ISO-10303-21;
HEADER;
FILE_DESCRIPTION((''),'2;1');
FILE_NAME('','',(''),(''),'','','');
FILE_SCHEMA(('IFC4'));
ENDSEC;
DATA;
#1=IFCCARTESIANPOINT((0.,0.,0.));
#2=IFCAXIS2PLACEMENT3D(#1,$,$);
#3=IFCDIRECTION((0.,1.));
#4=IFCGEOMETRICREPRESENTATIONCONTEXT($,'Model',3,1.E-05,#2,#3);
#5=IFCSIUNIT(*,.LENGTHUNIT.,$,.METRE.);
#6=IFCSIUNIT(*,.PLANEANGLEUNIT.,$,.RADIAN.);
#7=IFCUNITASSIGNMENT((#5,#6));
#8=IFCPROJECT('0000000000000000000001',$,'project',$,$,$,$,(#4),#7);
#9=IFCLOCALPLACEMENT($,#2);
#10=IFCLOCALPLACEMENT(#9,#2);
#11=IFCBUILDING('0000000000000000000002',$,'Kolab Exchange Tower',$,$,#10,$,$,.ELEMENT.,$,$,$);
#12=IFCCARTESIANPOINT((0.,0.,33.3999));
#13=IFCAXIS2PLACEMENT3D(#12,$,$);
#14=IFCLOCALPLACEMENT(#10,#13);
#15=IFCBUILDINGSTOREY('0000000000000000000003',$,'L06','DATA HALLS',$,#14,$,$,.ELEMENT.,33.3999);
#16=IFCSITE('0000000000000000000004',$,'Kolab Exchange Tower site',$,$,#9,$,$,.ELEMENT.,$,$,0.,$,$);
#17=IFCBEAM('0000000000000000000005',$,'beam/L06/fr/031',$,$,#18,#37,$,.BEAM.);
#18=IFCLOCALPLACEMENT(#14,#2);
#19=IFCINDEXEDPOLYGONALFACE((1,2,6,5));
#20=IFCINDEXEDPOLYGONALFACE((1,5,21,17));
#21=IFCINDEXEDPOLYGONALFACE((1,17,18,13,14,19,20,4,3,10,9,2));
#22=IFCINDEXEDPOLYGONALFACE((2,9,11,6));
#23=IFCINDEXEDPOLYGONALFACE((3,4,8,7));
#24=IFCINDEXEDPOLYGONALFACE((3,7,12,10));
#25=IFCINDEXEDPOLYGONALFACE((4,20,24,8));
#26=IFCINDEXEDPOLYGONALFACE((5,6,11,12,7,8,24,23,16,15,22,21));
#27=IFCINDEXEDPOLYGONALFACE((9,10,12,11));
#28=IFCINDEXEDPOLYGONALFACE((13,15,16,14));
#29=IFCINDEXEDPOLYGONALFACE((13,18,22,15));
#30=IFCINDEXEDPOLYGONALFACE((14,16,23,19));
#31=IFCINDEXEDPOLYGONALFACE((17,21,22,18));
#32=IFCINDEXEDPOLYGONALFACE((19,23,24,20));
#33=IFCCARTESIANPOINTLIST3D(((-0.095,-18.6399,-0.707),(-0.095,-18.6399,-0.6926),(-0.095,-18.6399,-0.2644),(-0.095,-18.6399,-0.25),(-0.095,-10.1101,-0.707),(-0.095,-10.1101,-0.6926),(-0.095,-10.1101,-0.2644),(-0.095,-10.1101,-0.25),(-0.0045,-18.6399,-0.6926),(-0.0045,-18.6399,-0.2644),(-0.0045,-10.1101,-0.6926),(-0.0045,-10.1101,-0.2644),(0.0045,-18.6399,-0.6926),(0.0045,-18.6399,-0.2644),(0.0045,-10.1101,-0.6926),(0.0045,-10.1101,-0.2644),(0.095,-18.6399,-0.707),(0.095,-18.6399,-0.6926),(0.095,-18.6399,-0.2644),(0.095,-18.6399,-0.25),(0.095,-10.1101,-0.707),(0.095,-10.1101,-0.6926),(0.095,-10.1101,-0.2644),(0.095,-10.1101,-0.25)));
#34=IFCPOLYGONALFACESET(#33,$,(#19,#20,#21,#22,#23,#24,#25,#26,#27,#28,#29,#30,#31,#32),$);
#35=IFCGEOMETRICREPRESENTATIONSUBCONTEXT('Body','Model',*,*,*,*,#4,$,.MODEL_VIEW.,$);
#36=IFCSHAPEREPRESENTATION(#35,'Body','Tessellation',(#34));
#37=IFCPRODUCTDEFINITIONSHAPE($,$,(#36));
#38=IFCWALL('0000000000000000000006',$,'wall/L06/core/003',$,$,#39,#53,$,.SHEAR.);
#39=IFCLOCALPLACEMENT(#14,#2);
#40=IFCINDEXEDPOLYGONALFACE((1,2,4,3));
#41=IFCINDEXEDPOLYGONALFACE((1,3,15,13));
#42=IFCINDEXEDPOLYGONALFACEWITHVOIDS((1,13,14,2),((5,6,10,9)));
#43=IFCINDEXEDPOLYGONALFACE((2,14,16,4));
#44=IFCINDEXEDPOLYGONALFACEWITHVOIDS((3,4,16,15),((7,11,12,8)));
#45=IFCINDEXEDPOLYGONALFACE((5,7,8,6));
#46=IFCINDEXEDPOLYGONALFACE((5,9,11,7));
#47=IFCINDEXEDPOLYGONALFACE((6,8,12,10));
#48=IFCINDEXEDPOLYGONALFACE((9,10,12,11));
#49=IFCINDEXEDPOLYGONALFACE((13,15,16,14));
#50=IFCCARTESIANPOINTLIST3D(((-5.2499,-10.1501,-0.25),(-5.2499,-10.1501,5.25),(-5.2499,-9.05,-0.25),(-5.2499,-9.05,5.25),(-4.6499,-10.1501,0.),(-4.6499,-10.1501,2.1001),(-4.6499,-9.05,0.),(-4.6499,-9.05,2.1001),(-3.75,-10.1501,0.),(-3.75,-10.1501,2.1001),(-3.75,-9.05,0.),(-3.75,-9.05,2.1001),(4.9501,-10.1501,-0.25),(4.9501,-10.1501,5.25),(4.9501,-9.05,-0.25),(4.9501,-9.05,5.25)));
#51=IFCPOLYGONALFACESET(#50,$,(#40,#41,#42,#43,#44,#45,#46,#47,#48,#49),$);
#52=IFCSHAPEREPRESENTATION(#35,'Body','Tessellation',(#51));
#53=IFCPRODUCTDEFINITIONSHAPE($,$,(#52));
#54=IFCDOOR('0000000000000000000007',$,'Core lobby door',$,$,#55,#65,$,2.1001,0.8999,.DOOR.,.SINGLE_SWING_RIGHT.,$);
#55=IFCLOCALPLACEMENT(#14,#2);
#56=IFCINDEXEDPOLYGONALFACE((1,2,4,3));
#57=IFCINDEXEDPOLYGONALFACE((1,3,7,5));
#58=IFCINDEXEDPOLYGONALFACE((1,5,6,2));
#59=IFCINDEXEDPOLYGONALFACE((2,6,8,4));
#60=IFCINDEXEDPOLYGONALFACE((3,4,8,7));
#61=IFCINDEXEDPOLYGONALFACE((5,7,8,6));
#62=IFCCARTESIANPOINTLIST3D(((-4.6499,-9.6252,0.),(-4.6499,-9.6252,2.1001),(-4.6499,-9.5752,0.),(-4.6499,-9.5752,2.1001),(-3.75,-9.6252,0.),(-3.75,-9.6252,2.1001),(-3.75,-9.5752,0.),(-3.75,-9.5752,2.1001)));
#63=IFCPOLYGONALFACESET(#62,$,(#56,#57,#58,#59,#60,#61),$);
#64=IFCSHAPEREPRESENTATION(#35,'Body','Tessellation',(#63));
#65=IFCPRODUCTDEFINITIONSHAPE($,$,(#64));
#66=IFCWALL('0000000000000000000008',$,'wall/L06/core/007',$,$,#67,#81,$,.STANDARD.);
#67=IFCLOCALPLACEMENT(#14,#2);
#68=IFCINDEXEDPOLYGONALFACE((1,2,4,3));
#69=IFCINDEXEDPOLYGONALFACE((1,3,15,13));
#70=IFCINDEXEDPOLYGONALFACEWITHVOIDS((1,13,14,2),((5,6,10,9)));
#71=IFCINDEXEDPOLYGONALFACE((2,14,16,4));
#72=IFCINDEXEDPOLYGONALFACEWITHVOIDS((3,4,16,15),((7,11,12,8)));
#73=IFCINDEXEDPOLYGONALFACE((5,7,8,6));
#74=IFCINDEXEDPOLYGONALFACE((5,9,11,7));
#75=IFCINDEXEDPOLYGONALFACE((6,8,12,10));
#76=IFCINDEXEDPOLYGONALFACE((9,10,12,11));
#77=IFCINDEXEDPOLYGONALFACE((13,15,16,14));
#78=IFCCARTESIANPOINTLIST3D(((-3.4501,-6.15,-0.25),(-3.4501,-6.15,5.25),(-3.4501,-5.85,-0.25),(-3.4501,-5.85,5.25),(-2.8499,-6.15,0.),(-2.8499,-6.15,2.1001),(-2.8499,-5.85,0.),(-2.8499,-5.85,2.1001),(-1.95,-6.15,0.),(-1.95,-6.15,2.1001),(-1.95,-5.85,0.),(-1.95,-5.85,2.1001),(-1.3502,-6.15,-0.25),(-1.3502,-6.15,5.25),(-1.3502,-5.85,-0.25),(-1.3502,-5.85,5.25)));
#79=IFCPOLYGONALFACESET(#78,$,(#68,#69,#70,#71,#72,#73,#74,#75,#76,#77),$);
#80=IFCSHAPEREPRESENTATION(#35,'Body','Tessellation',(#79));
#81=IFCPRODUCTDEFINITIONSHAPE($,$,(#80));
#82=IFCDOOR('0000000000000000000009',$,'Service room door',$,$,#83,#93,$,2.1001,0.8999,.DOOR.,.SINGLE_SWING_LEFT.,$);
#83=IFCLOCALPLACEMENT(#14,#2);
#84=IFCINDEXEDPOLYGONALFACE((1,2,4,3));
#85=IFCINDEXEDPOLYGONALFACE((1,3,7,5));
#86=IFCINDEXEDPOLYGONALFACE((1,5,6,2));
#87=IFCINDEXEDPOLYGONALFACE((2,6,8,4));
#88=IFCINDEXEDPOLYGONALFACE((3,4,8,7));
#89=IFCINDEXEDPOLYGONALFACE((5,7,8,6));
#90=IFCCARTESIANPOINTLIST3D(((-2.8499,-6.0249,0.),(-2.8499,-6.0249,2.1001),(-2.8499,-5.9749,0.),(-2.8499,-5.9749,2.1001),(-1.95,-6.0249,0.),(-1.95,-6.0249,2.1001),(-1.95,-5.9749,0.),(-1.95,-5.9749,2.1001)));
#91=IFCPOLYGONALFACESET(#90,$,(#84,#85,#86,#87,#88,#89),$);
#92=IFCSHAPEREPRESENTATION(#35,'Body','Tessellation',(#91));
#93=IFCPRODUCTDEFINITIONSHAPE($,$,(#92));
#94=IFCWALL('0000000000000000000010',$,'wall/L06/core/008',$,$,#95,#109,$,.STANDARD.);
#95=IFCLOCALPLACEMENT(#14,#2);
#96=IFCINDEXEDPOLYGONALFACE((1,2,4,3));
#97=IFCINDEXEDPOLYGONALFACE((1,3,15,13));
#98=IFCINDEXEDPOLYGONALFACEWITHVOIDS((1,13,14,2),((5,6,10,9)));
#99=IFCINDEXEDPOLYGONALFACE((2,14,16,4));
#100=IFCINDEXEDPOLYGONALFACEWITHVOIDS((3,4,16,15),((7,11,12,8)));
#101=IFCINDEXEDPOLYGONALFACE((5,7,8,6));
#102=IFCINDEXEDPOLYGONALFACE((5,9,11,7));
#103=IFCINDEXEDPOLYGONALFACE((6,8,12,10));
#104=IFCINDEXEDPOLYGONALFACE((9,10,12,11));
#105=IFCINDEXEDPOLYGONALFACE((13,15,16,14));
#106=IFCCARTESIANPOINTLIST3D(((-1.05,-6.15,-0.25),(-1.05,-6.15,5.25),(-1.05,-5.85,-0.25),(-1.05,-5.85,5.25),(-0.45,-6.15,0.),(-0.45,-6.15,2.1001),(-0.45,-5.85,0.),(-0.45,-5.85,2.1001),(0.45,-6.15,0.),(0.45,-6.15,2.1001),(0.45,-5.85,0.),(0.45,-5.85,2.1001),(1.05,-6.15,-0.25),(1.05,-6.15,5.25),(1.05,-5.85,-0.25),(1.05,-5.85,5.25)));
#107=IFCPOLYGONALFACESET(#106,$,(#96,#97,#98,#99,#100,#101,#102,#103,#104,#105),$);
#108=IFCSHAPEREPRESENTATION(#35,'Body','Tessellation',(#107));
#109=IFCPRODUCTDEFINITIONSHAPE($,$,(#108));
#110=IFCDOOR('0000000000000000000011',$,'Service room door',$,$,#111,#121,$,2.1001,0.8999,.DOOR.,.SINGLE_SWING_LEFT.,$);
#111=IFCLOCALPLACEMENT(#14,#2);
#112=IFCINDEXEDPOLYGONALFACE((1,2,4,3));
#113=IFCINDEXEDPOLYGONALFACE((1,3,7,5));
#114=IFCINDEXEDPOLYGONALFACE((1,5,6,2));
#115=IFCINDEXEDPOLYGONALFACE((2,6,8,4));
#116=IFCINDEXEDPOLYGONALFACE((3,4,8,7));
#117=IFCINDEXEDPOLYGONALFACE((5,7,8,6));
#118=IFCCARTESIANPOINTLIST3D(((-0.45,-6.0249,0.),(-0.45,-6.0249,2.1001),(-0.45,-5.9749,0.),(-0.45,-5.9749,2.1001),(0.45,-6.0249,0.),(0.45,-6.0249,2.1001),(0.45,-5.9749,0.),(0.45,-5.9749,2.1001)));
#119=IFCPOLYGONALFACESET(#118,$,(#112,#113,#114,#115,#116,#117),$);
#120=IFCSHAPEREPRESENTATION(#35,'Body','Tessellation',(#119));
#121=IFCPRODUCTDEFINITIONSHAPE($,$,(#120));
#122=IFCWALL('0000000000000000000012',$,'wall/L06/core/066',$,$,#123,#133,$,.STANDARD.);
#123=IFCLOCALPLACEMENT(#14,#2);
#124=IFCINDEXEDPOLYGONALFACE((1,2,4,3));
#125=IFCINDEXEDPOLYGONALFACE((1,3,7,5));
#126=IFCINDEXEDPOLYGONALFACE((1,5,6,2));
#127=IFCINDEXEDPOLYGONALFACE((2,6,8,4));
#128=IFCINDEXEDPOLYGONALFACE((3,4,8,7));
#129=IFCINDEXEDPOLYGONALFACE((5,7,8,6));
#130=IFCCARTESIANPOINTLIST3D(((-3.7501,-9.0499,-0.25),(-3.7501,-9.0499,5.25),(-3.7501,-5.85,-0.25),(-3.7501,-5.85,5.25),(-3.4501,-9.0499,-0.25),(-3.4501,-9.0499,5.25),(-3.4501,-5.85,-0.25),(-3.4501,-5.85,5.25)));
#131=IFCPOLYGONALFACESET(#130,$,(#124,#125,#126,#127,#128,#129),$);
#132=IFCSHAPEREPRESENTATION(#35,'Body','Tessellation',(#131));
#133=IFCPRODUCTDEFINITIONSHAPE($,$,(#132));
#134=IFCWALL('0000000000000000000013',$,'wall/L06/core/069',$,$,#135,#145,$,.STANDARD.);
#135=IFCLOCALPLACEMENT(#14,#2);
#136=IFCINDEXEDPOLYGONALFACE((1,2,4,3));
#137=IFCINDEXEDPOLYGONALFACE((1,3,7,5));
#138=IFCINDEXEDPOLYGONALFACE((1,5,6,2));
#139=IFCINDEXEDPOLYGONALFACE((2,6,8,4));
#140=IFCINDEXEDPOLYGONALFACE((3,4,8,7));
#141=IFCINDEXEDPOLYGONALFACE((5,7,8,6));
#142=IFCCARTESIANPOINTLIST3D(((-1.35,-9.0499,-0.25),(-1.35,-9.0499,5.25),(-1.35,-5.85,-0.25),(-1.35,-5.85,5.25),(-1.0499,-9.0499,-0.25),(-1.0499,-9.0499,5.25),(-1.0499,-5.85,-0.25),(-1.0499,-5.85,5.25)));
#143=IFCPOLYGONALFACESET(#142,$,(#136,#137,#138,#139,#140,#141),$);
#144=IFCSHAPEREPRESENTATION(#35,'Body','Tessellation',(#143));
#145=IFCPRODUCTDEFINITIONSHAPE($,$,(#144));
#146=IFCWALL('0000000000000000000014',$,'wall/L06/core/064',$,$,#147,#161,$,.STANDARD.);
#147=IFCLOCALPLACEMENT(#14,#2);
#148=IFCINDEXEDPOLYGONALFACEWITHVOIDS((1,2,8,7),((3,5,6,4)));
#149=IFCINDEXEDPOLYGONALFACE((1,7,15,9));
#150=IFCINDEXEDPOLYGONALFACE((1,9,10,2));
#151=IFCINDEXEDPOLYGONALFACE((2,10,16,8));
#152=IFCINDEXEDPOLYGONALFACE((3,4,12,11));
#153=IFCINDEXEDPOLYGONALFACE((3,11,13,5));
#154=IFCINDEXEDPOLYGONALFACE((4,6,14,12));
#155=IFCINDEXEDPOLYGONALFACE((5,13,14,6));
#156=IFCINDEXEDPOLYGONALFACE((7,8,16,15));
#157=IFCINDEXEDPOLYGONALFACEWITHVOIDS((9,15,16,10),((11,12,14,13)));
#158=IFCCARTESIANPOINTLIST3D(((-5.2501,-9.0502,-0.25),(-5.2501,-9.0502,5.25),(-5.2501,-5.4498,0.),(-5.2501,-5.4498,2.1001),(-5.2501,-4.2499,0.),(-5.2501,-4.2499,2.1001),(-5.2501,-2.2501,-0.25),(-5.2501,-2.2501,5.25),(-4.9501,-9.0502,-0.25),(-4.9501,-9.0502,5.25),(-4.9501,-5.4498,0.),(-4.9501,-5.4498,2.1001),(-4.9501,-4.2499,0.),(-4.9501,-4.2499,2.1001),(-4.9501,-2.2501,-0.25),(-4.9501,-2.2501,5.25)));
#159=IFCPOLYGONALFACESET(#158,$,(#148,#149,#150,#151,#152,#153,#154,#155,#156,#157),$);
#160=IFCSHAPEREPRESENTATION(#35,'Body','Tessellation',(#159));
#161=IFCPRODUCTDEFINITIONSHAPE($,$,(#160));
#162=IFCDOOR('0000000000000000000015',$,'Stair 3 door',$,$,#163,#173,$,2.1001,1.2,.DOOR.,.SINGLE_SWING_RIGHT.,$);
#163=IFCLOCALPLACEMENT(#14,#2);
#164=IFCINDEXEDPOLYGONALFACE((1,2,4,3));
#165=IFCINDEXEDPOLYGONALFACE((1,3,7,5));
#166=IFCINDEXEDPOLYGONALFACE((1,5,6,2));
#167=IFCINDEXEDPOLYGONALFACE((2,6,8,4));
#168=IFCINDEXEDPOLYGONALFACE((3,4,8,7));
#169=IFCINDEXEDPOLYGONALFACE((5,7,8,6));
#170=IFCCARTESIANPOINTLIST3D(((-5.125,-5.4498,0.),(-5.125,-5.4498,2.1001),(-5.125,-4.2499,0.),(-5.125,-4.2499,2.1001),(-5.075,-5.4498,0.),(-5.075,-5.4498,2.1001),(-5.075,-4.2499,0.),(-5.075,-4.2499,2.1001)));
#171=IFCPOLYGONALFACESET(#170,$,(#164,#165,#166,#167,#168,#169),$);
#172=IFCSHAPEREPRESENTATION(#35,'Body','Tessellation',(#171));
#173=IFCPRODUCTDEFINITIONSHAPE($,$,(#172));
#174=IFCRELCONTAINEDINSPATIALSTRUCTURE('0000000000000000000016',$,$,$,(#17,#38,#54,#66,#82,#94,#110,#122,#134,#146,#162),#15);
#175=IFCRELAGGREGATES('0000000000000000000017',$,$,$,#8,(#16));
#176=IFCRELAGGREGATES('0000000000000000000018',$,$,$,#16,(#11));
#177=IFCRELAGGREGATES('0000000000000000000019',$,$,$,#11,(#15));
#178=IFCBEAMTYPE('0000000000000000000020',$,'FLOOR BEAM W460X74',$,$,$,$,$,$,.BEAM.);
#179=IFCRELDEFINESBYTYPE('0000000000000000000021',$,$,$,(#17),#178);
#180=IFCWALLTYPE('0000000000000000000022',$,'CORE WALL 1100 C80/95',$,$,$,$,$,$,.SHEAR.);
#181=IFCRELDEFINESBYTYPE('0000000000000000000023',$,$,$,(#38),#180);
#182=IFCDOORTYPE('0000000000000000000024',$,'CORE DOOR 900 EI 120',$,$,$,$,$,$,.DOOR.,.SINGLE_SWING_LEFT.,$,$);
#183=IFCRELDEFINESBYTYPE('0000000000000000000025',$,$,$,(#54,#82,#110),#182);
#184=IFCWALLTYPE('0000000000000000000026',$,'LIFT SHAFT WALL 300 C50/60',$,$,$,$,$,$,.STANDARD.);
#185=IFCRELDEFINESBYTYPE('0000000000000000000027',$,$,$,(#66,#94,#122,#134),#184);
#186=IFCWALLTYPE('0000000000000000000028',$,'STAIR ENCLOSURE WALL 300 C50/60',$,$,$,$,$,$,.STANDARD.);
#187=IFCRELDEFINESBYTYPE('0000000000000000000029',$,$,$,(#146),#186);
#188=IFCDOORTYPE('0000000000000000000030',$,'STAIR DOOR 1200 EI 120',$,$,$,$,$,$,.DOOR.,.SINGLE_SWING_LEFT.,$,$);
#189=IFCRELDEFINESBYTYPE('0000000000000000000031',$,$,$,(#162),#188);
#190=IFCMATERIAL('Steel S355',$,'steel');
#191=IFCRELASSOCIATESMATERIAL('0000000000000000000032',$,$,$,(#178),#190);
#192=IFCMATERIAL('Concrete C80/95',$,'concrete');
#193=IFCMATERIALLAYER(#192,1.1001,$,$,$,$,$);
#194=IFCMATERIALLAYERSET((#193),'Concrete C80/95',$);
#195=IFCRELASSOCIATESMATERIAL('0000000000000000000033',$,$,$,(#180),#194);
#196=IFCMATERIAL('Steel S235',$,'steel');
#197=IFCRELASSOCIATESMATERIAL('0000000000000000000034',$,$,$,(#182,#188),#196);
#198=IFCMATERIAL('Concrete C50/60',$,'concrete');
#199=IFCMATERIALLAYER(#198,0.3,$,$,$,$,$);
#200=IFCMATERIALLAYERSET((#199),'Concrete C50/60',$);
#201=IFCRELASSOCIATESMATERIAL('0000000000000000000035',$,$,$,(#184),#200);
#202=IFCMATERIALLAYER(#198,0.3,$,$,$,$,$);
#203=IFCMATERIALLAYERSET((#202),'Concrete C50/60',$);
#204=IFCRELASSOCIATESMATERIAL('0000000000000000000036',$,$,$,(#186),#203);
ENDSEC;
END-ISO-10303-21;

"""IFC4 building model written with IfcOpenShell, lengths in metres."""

from ifc_helpers import new_model, si_unit, direction, frame, frame_2d, origin, origin_2d, place, context, subcontext, project, spatial, rectangle, i_section, extrude, material, layer, layer_set, material_profile, profile_set, type_object, element, fill, save


model = new_model("IFC4")

# Units and contexts
model_context = context("Model", 3, precision=1e-05, world=origin(), true_north=direction((0.0, 1.0)))
body_context = subcontext(model_context, "Body", "Model", "MODEL_VIEW")
ifc_project = project(units=[si_unit("LENGTHUNIT", "METRE"), si_unit("PLANEANGLEUNIT", "RADIAN")], contexts=[model_context])

# Site, building, storey
site_placement = place(None, origin())
site = spatial("IfcSite", under=ifc_project, at=site_placement, Name="Kolab Exchange Tower site", CompositionType="ELEMENT", RefElevation=0.0)
building_placement = place(site_placement, origin())
building = spatial("IfcBuilding", under=site, at=building_placement, Name="Kolab Exchange Tower", CompositionType="ELEMENT")
storey_placement = place(building_placement, frame((0.0, 0.0, 33.3999)))
storey = spatial("IfcBuildingStorey", under=building, at=storey_placement, Name="L06", Description="DATA HALLS", CompositionType="ELEMENT", Elevation=33.3999)

# Beam
ifc_material_1 = material(Name="Steel S355", Category="steel")
ifc_material_profile = material_profile(ifc_material_1, i_section(OverallWidth=0.1899, OverallDepth=0.457, WebThickness=0.009, FlangeThickness=0.0144, at=origin_2d()), Name="W460X74")
ifc_profile_set = profile_set([ifc_material_profile], Name="Steel S355")
beam_type = type_object("IfcBeamType", Name="FLOOR BEAM W460X74", PredefinedType="BEAM", material=ifc_profile_set)
beam_placement = place(storey_placement, frame((0.0, -18.6399, -0.4785), z_axis=(0.0, 1.0, 0.0), x_axis=(-1.0, 0.0, 0.0)))
element("IfcBeam", 1, at=beam_placement, inside=storey, type_object=beam_type, Name="beam/L06/fr/031", PredefinedType="BEAM", context=body_context, shape_type="SweptSolid", body=[
    extrude(i_section(OverallWidth=0.1899, OverallDepth=0.457, WebThickness=0.009, FlangeThickness=0.0144, at=origin_2d()), origin(), (0.0, 0.0, 1.0), 8.5298),
])

# Walls, openings, doors
ifc_material_2 = material(Name="Concrete C80/95", Category="concrete")
ifc_layer_1 = layer(ifc_material_2, 1.1001)
ifc_layer_set_1 = layer_set([ifc_layer_1], Name="Concrete C80/95")
wall_type_1 = type_object("IfcWallType", Name="CORE WALL 1100 C80/95", PredefinedType="SHEAR", material=ifc_layer_set_1)
wall_1_placement = place(storey_placement, frame((-5.25, -9.6001, -0.25), z_axis=(0.0, 0.0, 1.0), x_axis=(1.0, 0.0, 0.0)))
wall_1 = element("IfcWall", 2, at=wall_1_placement, inside=storey, type_object=wall_type_1, Name="wall/L06/core/003", PredefinedType="SHEAR", context=body_context, shape_type="SweptSolid", body=[
    extrude(rectangle(XDim=10.2, YDim=1.1001, at=frame_2d((5.1001, 0.0))), origin(), (0.0, 0.0, 1.0), 5.5),
])
opening_1_placement = place(wall_1_placement, frame((0.6001, 0.0, 0.25)))
opening_1 = element("IfcOpeningElement", 3, at=opening_1_placement, cuts=wall_1, PredefinedType="OPENING", context=body_context, shape_type="SweptSolid", body=[
    extrude(rectangle(XDim=0.8999, YDim=2.1001, at=frame_2d((0.45, 1.05))), frame((0.0, 0.5601, 0.0), z_axis=(0.0, -1.0, 0.0), x_axis=(1.0, 0.0, 0.0)), (0.0, 0.0, 1.0), 1.1201),
])
ifc_material_3 = material(Name="Steel S235", Category="steel")
door_type_1 = type_object("IfcDoorType", Name="CORE DOOR 900 EI 120", OperationType="SINGLE_SWING_LEFT", PredefinedType="DOOR", material=ifc_material_3)
door_1_placement = place(opening_1_placement, origin())
door_1 = element("IfcDoor", 4, at=door_1_placement, inside=storey, type_object=door_type_1, Name="Core lobby door", OperationType="SINGLE_SWING_RIGHT", OverallHeight=2.1001, OverallWidth=0.8999, PredefinedType="DOOR", context=body_context, shape_type="SweptSolid", body=[
    extrude(rectangle(XDim=0.8999, YDim=2.1001, at=frame_2d((0.45, 1.05))), frame((0.0, 0.0249, 0.0), z_axis=(0.0, -1.0, 0.0), x_axis=(1.0, 0.0, 0.0)), (0.0, 0.0, 1.0), 0.05),
])
fill(opening_1, door_1)
ifc_material_4 = material(Name="Concrete C50/60", Category="concrete")
ifc_layer_2 = layer(ifc_material_4, 0.3)
ifc_layer_set_2 = layer_set([ifc_layer_2], Name="Concrete C50/60")
wall_type_2 = type_object("IfcWallType", Name="LIFT SHAFT WALL 300 C50/60", PredefinedType="STANDARD", material=ifc_layer_set_2)
wall_2_placement = place(storey_placement, frame((-3.45, -6.0, -0.25), z_axis=(0.0, 0.0, 1.0), x_axis=(1.0, 0.0, 0.0)))
wall_2 = element("IfcWall", 5, at=wall_2_placement, inside=storey, type_object=wall_type_2, Name="wall/L06/core/007", PredefinedType="STANDARD", context=body_context, shape_type="SweptSolid", body=[
    extrude(rectangle(XDim=2.0999, YDim=0.3, at=frame_2d((1.0498, 0.0))), origin(), (0.0, 0.0, 1.0), 5.5),
])
opening_2_placement = place(wall_2_placement, frame((0.6001, 0.0, 0.25)))
opening_2 = element("IfcOpeningElement", 6, at=opening_2_placement, cuts=wall_2, PredefinedType="OPENING", context=body_context, shape_type="SweptSolid", body=[
    extrude(rectangle(XDim=0.8999, YDim=2.1001, at=frame_2d((0.45, 1.05))), frame((0.0, 0.1602, 0.0), z_axis=(0.0, -1.0, 0.0), x_axis=(1.0, 0.0, 0.0)), (0.0, 0.0, 1.0), 0.3201),
])
door_2_placement = place(opening_2_placement, frame((0.8999, 0.0, 0.0), z_axis=(0.0, 0.0, 1.0), x_axis=(-1.0, 0.0, 0.0)))
door_2 = element("IfcDoor", 7, at=door_2_placement, inside=storey, type_object=door_type_1, Name="Service room door", OperationType="SINGLE_SWING_LEFT", OverallHeight=2.1001, OverallWidth=0.8999, PredefinedType="DOOR", context=body_context, shape_type="SweptSolid", body=[
    extrude(rectangle(XDim=0.8999, YDim=2.1001, at=frame_2d((0.45, 1.05))), frame((0.0, 0.0249, 0.0), z_axis=(0.0, -1.0, 0.0), x_axis=(1.0, 0.0, 0.0)), (0.0, 0.0, 1.0), 0.05),
])
fill(opening_2, door_2)
wall_3_placement = place(storey_placement, frame((-1.05, -6.0, -0.25), z_axis=(0.0, 0.0, 1.0), x_axis=(1.0, 0.0, 0.0)))
wall_3 = element("IfcWall", 8, at=wall_3_placement, inside=storey, type_object=wall_type_2, Name="wall/L06/core/008", PredefinedType="STANDARD", context=body_context, shape_type="SweptSolid", body=[
    extrude(rectangle(XDim=2.1001, YDim=0.3, at=frame_2d((1.05, 0.0))), origin(), (0.0, 0.0, 1.0), 5.5),
])
opening_3_placement = place(wall_3_placement, frame((0.6001, 0.0, 0.25)))
opening_3 = element("IfcOpeningElement", 9, at=opening_3_placement, cuts=wall_3, PredefinedType="OPENING", context=body_context, shape_type="SweptSolid", body=[
    extrude(rectangle(XDim=0.8999, YDim=2.1001, at=frame_2d((0.45, 1.05))), frame((0.0, 0.1602, 0.0), z_axis=(0.0, -1.0, 0.0), x_axis=(1.0, 0.0, 0.0)), (0.0, 0.0, 1.0), 0.3201),
])
door_3_placement = place(opening_3_placement, frame((0.8999, 0.0, 0.0), z_axis=(0.0, 0.0, 1.0), x_axis=(-1.0, 0.0, 0.0)))
door_3 = element("IfcDoor", 10, at=door_3_placement, inside=storey, type_object=door_type_1, Name="Service room door", OperationType="SINGLE_SWING_LEFT", OverallHeight=2.1001, OverallWidth=0.8999, PredefinedType="DOOR", context=body_context, shape_type="SweptSolid", body=[
    extrude(rectangle(XDim=0.8999, YDim=2.1001, at=frame_2d((0.45, 1.05))), frame((0.0, 0.0249, 0.0), z_axis=(0.0, -1.0, 0.0), x_axis=(1.0, 0.0, 0.0)), (0.0, 0.0, 1.0), 0.05),
])
fill(opening_3, door_3)

# Walls
for number, where, z_axis, x_axis, name in (
    (11, (-3.6001, -9.05, -0.25), (0.0, 0.0, 1.0), (0.0, 1.0, 0.0), "wall/L06/core/066"),
    (12, (-1.2, -9.05, -0.25), (0.0, 0.0, 1.0), (0.0, 1.0, 0.0), "wall/L06/core/069"),
):
    element("IfcWall", number, at=place(storey_placement, frame(where, z_axis=z_axis, x_axis=x_axis)), inside=storey, type_object=wall_type_2, Name=name, PredefinedType="STANDARD", context=body_context, shape_type="SweptSolid", body=[
        extrude(rectangle(XDim=3.2, YDim=0.3, at=frame_2d((1.6001, 0.0))), origin(), (0.0, 0.0, 1.0), 5.5),
    ])

# Wall, opening, door
ifc_layer_3 = layer(ifc_material_4, 0.3)
ifc_layer_set_3 = layer_set([ifc_layer_3], Name="Concrete C50/60")
wall_type_3 = type_object("IfcWallType", Name="STAIR ENCLOSURE WALL 300 C50/60", PredefinedType="STANDARD", material=ifc_layer_set_3)
wall_4_placement = place(storey_placement, frame((-5.1001, -9.05, -0.25), z_axis=(0.0, 0.0, 1.0), x_axis=(0.0, 1.0, 0.0)))
wall_4 = element("IfcWall", 13, at=wall_4_placement, inside=storey, type_object=wall_type_3, Name="wall/L06/core/064", PredefinedType="STANDARD", context=body_context, shape_type="SweptSolid", body=[
    extrude(rectangle(XDim=6.8, YDim=0.3, at=frame_2d((3.3999, 0.0))), origin(), (0.0, 0.0, 1.0), 5.5),
])
opening_4_placement = place(wall_4_placement, frame((3.6001, 0.0, 0.25)))
opening_4 = element("IfcOpeningElement", 14, at=opening_4_placement, cuts=wall_4, PredefinedType="OPENING", context=body_context, shape_type="SweptSolid", body=[
    extrude(rectangle(XDim=1.2, YDim=2.1001, at=frame_2d((0.6001, 1.05))), frame((0.0, 0.1602, 0.0), z_axis=(0.0, -1.0, 0.0), x_axis=(1.0, 0.0, 0.0)), (0.0, 0.0, 1.0), 0.3201),
])
door_type_2 = type_object("IfcDoorType", Name="STAIR DOOR 1200 EI 120", OperationType="SINGLE_SWING_LEFT", PredefinedType="DOOR", material=ifc_material_3)
door_4_placement = place(opening_4_placement, origin())
door_4 = element("IfcDoor", 15, at=door_4_placement, inside=storey, type_object=door_type_2, Name="Stair 3 door", OperationType="SINGLE_SWING_RIGHT", OverallHeight=2.1001, OverallWidth=1.2, PredefinedType="DOOR", context=body_context, shape_type="SweptSolid", body=[
    extrude(rectangle(XDim=1.2, YDim=2.1001, at=frame_2d((0.6001, 1.05))), frame((0.0, 0.0249, 0.0), z_axis=(0.0, -1.0, 0.0), x_axis=(1.0, 0.0, 0.0)), (0.0, 0.0, 1.0), 0.05),
])
fill(opening_4, door_4)

save(model, "model.ifc")
